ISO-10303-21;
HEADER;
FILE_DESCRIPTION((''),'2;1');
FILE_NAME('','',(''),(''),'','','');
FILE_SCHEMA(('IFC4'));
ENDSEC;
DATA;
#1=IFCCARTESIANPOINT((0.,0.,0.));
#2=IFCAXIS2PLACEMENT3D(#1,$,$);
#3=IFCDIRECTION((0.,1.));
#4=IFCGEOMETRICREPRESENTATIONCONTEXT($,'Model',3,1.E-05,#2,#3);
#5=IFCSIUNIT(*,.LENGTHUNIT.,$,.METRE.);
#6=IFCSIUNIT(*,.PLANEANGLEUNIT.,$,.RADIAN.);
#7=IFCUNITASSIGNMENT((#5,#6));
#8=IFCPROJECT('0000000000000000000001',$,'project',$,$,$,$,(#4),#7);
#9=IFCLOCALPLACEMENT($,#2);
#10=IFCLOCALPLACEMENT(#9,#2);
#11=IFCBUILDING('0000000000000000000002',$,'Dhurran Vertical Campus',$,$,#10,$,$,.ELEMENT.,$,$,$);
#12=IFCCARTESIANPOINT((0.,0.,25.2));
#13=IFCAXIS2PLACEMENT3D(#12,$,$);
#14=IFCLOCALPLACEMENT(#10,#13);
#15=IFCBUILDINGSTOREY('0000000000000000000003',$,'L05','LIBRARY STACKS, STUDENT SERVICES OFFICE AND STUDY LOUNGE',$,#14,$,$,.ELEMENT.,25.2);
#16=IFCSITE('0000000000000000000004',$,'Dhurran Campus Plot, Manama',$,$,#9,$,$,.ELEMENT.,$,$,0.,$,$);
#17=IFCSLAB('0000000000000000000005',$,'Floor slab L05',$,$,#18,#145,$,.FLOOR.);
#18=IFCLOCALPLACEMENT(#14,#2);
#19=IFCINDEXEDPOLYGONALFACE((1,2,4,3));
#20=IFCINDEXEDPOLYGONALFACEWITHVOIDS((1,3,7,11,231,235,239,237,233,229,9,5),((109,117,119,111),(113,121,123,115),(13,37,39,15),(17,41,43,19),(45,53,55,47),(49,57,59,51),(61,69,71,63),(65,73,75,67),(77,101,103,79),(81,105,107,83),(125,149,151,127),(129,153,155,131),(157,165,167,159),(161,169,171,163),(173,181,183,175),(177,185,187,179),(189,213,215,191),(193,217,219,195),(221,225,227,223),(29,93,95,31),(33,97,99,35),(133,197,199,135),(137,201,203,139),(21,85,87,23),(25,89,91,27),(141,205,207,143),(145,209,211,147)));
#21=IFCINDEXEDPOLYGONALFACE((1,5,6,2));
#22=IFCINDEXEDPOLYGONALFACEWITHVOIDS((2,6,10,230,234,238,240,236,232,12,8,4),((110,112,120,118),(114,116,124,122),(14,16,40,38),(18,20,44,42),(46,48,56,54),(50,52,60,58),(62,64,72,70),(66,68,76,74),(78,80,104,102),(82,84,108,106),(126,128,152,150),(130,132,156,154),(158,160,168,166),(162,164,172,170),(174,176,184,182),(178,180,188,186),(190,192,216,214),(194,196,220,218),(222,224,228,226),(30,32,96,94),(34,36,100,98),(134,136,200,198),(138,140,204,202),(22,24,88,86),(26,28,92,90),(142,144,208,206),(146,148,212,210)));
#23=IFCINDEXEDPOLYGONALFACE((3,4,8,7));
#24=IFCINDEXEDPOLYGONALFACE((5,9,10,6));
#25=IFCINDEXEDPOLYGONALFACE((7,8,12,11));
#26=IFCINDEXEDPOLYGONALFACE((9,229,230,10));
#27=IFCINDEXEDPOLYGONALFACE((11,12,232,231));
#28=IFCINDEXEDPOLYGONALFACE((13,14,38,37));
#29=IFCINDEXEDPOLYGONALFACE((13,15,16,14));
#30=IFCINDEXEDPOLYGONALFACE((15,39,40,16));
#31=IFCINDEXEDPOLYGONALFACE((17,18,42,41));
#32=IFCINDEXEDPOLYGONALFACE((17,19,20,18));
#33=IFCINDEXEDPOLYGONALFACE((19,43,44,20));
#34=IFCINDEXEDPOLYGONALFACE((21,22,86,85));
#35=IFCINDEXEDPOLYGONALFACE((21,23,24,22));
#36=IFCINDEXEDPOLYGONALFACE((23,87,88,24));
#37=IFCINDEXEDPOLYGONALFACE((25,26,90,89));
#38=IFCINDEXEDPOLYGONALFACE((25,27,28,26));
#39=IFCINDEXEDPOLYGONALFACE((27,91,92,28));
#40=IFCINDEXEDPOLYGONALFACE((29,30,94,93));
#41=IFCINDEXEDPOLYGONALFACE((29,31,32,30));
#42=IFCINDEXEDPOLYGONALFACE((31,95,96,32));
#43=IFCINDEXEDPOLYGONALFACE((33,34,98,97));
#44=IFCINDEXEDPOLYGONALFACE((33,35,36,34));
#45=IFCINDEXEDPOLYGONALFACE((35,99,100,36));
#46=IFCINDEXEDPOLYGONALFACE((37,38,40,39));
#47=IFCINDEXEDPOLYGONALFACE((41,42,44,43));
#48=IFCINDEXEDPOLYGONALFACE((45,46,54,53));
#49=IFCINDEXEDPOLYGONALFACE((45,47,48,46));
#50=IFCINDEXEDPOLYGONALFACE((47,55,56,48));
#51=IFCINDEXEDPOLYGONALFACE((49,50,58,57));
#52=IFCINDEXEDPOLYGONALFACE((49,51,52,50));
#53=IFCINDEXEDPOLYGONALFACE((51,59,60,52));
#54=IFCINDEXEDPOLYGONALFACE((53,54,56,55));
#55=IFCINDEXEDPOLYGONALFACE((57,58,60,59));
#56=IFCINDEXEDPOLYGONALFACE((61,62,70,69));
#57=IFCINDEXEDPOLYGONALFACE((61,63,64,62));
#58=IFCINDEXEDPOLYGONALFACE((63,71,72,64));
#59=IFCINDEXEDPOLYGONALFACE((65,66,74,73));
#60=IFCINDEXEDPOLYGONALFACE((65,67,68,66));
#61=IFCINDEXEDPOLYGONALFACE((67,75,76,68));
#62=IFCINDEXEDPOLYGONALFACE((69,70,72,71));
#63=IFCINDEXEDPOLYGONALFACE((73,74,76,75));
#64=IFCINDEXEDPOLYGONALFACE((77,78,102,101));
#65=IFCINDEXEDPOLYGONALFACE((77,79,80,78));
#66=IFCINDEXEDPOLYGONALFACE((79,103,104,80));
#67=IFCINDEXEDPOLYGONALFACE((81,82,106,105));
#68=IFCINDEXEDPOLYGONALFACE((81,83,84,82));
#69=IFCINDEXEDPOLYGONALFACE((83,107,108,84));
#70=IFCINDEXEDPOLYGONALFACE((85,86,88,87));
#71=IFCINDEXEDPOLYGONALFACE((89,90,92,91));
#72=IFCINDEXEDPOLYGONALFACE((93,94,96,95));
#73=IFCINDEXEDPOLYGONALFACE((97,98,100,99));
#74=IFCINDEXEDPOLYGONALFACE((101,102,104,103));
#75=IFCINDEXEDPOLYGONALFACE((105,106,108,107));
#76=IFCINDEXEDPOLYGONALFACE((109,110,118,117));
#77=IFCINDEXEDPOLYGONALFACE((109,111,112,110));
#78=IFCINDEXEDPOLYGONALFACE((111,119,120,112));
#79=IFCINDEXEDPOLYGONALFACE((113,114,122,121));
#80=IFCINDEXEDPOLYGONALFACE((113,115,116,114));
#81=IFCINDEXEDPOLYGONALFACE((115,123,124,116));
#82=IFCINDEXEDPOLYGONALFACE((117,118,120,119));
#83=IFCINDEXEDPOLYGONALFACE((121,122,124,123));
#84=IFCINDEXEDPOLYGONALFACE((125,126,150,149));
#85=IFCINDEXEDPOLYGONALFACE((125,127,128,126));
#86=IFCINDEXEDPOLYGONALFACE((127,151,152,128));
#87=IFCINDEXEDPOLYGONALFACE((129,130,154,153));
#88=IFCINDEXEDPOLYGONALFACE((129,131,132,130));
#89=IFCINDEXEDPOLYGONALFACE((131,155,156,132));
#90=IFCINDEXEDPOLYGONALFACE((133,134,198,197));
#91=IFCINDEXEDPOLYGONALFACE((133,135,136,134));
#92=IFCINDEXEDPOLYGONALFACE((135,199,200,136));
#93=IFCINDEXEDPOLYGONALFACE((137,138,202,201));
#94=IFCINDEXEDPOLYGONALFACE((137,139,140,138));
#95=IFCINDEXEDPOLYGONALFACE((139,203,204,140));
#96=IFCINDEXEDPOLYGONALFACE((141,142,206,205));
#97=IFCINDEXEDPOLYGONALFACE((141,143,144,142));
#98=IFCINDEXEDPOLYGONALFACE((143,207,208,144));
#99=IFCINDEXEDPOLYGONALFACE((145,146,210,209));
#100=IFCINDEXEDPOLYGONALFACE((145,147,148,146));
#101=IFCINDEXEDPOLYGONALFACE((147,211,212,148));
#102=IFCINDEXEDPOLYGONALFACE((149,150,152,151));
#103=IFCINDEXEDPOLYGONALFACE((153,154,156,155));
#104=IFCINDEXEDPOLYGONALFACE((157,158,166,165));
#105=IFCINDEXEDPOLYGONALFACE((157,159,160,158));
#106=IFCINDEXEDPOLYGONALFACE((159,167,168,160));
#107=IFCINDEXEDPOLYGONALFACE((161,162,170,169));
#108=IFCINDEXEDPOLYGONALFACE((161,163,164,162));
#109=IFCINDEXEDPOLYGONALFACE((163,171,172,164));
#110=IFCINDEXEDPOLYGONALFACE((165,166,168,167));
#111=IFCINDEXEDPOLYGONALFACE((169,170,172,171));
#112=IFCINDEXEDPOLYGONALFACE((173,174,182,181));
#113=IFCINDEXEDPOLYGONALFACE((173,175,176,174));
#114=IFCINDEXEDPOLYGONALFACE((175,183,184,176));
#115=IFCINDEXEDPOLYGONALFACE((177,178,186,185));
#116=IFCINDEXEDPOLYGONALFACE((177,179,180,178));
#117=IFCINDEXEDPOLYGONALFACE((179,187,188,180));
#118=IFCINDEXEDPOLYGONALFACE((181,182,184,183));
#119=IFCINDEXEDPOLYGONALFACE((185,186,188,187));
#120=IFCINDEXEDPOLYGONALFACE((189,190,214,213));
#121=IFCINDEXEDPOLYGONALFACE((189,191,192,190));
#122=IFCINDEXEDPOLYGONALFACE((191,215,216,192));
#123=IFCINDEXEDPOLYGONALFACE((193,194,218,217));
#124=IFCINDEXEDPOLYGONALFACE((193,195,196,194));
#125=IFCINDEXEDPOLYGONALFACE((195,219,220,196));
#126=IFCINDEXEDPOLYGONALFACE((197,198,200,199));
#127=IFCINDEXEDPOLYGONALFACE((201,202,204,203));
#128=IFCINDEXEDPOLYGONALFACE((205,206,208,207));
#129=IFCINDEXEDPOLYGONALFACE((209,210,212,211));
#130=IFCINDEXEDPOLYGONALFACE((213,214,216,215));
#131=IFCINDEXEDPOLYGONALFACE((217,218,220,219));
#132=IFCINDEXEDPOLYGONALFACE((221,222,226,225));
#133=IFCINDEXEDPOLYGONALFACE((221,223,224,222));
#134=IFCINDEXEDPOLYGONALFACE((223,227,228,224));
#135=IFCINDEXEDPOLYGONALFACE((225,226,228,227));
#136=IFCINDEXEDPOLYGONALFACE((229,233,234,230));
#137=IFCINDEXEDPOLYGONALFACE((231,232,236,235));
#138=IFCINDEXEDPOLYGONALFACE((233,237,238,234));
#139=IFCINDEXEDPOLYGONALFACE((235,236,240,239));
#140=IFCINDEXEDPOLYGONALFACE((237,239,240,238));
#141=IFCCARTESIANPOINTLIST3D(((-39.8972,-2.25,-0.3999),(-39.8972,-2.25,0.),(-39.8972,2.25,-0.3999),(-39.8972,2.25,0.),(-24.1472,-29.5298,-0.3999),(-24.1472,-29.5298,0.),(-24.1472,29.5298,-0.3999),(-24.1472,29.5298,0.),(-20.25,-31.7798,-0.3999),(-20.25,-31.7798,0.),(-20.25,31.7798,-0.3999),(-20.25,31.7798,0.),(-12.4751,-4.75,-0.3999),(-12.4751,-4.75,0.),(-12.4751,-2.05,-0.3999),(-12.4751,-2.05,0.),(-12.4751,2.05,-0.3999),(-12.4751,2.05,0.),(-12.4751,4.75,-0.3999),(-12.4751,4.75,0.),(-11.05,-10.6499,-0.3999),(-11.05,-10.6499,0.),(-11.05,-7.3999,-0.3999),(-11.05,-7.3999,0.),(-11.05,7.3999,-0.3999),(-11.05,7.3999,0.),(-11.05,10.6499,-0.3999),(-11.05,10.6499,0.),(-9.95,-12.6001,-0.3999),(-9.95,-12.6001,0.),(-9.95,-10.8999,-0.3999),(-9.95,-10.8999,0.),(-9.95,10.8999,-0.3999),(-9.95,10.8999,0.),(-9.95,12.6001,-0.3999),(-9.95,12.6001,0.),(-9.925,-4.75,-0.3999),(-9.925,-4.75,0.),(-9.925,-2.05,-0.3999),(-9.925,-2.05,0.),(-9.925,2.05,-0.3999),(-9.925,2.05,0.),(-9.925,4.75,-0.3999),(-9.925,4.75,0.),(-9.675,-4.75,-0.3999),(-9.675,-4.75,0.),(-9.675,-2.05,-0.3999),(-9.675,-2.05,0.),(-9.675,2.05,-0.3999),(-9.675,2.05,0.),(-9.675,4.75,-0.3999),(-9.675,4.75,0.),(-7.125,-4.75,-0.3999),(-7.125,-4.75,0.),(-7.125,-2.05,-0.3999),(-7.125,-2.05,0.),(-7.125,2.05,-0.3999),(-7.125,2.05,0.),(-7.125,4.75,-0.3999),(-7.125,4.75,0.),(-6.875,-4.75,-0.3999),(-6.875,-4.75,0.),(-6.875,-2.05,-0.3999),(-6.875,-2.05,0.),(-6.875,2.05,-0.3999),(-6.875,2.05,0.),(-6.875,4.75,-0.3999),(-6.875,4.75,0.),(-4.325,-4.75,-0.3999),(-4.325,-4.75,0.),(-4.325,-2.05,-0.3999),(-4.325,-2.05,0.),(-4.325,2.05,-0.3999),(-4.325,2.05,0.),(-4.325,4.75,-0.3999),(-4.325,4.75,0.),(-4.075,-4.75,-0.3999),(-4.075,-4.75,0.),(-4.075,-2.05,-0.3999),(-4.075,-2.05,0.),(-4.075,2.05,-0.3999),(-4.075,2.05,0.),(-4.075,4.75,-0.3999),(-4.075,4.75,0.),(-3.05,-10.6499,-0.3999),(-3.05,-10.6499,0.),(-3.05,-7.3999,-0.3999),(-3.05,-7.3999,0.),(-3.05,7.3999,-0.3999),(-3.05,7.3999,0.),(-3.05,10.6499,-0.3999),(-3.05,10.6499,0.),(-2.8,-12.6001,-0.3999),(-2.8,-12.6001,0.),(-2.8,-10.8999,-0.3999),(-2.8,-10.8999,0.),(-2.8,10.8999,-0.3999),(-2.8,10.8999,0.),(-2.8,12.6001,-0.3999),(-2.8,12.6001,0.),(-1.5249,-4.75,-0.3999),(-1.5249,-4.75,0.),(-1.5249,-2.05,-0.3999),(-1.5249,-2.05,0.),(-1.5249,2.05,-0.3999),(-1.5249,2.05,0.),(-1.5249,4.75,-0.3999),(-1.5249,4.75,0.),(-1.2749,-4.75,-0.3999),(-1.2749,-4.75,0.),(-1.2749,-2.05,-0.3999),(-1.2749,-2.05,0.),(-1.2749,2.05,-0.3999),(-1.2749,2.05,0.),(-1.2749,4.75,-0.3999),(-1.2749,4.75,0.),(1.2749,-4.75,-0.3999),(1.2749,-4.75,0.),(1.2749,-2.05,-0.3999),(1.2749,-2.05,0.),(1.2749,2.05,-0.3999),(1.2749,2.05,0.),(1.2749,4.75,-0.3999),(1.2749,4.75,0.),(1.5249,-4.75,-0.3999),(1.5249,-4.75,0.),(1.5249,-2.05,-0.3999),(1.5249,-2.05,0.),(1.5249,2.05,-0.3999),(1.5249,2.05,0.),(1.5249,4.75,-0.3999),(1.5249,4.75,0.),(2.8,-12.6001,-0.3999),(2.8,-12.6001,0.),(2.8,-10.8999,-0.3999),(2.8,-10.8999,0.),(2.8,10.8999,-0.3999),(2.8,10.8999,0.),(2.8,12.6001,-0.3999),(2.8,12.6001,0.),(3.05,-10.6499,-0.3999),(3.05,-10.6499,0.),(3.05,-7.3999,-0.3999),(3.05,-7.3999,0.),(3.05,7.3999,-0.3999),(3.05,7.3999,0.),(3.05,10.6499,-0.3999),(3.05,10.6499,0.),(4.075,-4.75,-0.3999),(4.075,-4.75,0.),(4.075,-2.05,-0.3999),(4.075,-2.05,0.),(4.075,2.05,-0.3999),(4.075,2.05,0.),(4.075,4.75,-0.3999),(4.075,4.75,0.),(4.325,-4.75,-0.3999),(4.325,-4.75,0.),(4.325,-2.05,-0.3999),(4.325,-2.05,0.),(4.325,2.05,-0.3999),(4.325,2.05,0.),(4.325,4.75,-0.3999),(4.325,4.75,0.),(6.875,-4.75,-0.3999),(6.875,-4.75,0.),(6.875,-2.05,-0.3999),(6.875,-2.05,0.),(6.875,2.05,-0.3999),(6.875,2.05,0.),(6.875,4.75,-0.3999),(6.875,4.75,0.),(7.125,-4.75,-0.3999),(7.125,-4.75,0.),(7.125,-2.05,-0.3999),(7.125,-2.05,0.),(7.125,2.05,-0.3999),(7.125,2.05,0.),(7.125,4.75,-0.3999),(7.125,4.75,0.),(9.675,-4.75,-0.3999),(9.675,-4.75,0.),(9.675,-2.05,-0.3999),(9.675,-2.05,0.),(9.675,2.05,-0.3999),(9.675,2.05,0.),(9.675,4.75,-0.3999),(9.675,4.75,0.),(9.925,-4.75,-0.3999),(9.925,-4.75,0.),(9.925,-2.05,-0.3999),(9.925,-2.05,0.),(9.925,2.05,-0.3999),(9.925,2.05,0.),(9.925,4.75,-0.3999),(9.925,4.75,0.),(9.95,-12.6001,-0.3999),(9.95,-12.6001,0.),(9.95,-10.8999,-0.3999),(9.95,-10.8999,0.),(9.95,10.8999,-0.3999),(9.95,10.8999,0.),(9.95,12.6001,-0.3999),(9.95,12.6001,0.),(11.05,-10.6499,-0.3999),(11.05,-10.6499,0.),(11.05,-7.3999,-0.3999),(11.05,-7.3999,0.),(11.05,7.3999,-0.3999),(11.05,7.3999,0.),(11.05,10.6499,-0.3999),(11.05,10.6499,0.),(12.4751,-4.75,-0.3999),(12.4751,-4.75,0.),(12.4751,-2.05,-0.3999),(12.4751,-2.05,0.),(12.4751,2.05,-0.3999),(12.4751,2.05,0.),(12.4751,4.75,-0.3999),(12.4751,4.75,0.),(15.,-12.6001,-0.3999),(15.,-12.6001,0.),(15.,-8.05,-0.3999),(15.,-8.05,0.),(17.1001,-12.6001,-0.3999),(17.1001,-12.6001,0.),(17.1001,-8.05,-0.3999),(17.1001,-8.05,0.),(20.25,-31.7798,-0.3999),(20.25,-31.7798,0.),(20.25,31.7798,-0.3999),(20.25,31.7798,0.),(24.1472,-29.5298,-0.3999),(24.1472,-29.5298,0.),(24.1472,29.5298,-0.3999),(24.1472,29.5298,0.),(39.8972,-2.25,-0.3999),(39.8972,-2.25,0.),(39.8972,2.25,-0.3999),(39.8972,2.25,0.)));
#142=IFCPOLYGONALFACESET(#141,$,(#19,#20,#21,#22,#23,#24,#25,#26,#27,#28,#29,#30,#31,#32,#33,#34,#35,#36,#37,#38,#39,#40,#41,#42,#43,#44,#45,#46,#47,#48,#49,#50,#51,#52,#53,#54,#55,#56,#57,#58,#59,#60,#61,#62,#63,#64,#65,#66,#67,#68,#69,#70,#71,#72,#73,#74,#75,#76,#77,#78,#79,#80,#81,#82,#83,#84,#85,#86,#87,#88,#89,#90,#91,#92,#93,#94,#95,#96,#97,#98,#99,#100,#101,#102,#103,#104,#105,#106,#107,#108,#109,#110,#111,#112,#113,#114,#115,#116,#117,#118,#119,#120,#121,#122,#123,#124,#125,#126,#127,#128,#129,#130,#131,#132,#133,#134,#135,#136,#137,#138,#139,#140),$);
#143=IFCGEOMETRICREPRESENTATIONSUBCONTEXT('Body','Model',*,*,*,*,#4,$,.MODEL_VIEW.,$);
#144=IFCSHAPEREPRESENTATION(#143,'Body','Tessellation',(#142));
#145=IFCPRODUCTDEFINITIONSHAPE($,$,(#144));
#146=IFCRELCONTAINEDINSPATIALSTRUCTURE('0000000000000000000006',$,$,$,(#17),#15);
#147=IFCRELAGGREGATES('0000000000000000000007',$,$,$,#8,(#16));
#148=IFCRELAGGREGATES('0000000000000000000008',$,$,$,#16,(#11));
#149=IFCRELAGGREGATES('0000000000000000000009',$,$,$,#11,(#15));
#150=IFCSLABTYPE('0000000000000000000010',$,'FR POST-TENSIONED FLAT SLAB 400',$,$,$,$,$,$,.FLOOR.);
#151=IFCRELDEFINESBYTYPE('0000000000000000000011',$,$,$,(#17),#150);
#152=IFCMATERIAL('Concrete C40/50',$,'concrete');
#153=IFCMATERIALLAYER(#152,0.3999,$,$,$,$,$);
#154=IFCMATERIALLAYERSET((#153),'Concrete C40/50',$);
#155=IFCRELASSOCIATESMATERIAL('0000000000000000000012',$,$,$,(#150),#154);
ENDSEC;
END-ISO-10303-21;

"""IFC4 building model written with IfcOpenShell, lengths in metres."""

from ifc_helpers import new_model, si_unit, direction, frame, origin, place, context, subcontext, project, spatial, polyline, outline, extrude, material, layer, layer_set, type_object, element, save


model = new_model("IFC4")

# Units and contexts
model_context = context("Model", 3, precision=1e-05, world=origin(), true_north=direction((0.0, 1.0)))
body_context = subcontext(model_context, "Body", "Model", "MODEL_VIEW")
ifc_project = project(units=[si_unit("LENGTHUNIT", "METRE"), si_unit("PLANEANGLEUNIT", "RADIAN")], contexts=[model_context])

# Site, building, storey
site_placement = place(None, origin())
site = spatial("IfcSite", under=ifc_project, at=site_placement, Name="Dhurran Campus Plot, Manama", CompositionType="ELEMENT", RefElevation=0.0)
building_placement = place(site_placement, origin())
building = spatial("IfcBuilding", under=site, at=building_placement, Name="Dhurran Vertical Campus", CompositionType="ELEMENT")
storey_placement = place(building_placement, frame((0.0, 0.0, 25.2)))
storey = spatial("IfcBuildingStorey", under=building, at=storey_placement, Name="L05", Description="LIBRARY STACKS, STUDENT SERVICES OFFICE AND STUDY LOUNGE", CompositionType="ELEMENT", Elevation=25.2)

# Slab
ifc_material_1 = material(Name="Concrete C40/50", Category="concrete")
ifc_layer_1 = layer(ifc_material_1, 0.3999)
ifc_layer_set_1 = layer_set([ifc_layer_1], Name="Concrete C40/50")
slab_type = type_object("IfcSlabType", Name="FR POST-TENSIONED FLAT SLAB 400", PredefinedType="FLOOR", material=ifc_layer_set_1)
slab_placement = place(storey_placement, frame((0.0, 0.0, -0.3999)))
element("IfcSlab", 1, at=slab_placement, inside=storey, type_object=slab_type, Name="Floor slab L05", PredefinedType="FLOOR", context=body_context, shape_type="SweptSolid", body=[
    extrude(outline(polyline([(-20.25, -31.7798), (20.25, -31.7798), (24.1472, -29.5298), (39.8972, -2.25), (39.8972, 2.25), (24.1472, 29.5298), (20.25, 31.7798), (-20.25, 31.7798), (-24.1472, 29.5298), (-39.8972, 2.25), (-39.8972, -2.25), (-24.1472, -29.5298), (-20.25, -31.7798)]), holes=[polyline([(-12.4751, 2.05), (-9.925, 2.05), (-9.925, 4.75), (-12.4751, 4.75), (-12.4751, 2.05)]), polyline([(-9.675, 2.05), (-7.125, 2.05), (-7.125, 4.75), (-9.675, 4.75), (-9.675, 2.05)]), polyline([(-6.875, 2.05), (-4.325, 2.05), (-4.325, 4.75), (-6.875, 4.75), (-6.875, 2.05)]), polyline([(-1.2749, 2.05), (1.2749, 2.05), (1.2749, 4.75), (-1.2749, 4.75), (-1.2749, 2.05)]), polyline([(9.925, 2.05), (12.4751, 2.05), (12.4751, 4.75), (9.925, 4.75), (9.925, 2.05)]), polyline([(-1.2749, -4.75), (1.2749, -4.75), (1.2749, -2.05), (-1.2749, -2.05), (-1.2749, -4.75)]), polyline([(1.5249, -4.75), (4.075, -4.75), (4.075, -2.05), (1.5249, -2.05), (1.5249, -4.75)]), polyline([(4.325, -4.75), (6.875, -4.75), (6.875, -2.05), (4.325, -2.05), (4.325, -4.75)]), polyline([(7.125, -4.75), (9.675, -4.75), (9.675, -2.05), (7.125, -2.05), (7.125, -4.75)]), polyline([(9.925, -4.75), (12.4751, -4.75), (12.4751, -2.05), (9.925, -2.05), (9.925, -4.75)]), polyline([(-4.075, 2.05), (-1.5249, 2.05), (-1.5249, 4.75), (-4.075, 4.75), (-4.075, 2.05)]), polyline([(1.5249, 2.05), (4.075, 2.05), (4.075, 4.75), (1.5249, 4.75), (1.5249, 2.05)]), polyline([(4.325, 2.05), (6.875, 2.05), (6.875, 4.75), (4.325, 4.75), (4.325, 2.05)]), polyline([(7.125, 2.05), (9.675, 2.05), (9.675, 4.75), (7.125, 4.75), (7.125, 2.05)]), polyline([(-12.4751, -4.75), (-9.925, -4.75), (-9.925, -2.05), (-12.4751, -2.05), (-12.4751, -4.75)]), polyline([(-9.675, -4.75), (-7.125, -4.75), (-7.125, -2.05), (-9.675, -2.05), (-9.675, -4.75)]), polyline([(-6.875, -4.75), (-4.325, -4.75), (-4.325, -2.05), (-6.875, -2.05), (-6.875, -4.75)]), polyline([(-4.075, -4.75), (-1.5249, -4.75), (-1.5249, -2.05), (-4.075, -2.05), (-4.075, -4.75)]), polyline([(-11.05, 7.3999), (-3.05, 7.3999), (-3.05, 10.6499), (-11.05, 10.6499), (-11.05, 7.3999)]), polyline([(3.05, 7.3999), (11.05, 7.3999), (11.05, 10.6499), (3.05, 10.6499), (3.05, 7.3999)]), polyline([(-11.05, -10.6499), (-3.05, -10.6499), (-3.05, -7.3999), (-11.05, -7.3999), (-11.05, -10.6499)]), polyline([(3.05, -10.6499), (11.05, -10.6499), (11.05, -7.3999), (3.05, -7.3999), (3.05, -10.6499)]), polyline([(-9.95, 10.8999), (-9.95, 12.6001), (-2.8, 12.6001), (-2.8, 10.8999), (-9.95, 10.8999)]), polyline([(9.95, 12.6001), (9.95, 10.8999), (2.8, 10.8999), (2.8, 12.6001), (9.95, 12.6001)]), polyline([(-9.95, -12.6001), (-9.95, -10.8999), (-2.8, -10.8999), (-2.8, -12.6001), (-9.95, -12.6001)]), polyline([(9.95, -10.8999), (9.95, -12.6001), (2.8, -12.6001), (2.8, -10.8999), (9.95, -10.8999)]), polyline([(15.0, -8.05), (17.1001, -8.05), (17.1001, -12.6001), (15.0, -12.6001), (15.0, -8.05)])]), origin(), (0.0, 0.0, 1.0), 0.3999),
])

save(model, "model.ifc")
